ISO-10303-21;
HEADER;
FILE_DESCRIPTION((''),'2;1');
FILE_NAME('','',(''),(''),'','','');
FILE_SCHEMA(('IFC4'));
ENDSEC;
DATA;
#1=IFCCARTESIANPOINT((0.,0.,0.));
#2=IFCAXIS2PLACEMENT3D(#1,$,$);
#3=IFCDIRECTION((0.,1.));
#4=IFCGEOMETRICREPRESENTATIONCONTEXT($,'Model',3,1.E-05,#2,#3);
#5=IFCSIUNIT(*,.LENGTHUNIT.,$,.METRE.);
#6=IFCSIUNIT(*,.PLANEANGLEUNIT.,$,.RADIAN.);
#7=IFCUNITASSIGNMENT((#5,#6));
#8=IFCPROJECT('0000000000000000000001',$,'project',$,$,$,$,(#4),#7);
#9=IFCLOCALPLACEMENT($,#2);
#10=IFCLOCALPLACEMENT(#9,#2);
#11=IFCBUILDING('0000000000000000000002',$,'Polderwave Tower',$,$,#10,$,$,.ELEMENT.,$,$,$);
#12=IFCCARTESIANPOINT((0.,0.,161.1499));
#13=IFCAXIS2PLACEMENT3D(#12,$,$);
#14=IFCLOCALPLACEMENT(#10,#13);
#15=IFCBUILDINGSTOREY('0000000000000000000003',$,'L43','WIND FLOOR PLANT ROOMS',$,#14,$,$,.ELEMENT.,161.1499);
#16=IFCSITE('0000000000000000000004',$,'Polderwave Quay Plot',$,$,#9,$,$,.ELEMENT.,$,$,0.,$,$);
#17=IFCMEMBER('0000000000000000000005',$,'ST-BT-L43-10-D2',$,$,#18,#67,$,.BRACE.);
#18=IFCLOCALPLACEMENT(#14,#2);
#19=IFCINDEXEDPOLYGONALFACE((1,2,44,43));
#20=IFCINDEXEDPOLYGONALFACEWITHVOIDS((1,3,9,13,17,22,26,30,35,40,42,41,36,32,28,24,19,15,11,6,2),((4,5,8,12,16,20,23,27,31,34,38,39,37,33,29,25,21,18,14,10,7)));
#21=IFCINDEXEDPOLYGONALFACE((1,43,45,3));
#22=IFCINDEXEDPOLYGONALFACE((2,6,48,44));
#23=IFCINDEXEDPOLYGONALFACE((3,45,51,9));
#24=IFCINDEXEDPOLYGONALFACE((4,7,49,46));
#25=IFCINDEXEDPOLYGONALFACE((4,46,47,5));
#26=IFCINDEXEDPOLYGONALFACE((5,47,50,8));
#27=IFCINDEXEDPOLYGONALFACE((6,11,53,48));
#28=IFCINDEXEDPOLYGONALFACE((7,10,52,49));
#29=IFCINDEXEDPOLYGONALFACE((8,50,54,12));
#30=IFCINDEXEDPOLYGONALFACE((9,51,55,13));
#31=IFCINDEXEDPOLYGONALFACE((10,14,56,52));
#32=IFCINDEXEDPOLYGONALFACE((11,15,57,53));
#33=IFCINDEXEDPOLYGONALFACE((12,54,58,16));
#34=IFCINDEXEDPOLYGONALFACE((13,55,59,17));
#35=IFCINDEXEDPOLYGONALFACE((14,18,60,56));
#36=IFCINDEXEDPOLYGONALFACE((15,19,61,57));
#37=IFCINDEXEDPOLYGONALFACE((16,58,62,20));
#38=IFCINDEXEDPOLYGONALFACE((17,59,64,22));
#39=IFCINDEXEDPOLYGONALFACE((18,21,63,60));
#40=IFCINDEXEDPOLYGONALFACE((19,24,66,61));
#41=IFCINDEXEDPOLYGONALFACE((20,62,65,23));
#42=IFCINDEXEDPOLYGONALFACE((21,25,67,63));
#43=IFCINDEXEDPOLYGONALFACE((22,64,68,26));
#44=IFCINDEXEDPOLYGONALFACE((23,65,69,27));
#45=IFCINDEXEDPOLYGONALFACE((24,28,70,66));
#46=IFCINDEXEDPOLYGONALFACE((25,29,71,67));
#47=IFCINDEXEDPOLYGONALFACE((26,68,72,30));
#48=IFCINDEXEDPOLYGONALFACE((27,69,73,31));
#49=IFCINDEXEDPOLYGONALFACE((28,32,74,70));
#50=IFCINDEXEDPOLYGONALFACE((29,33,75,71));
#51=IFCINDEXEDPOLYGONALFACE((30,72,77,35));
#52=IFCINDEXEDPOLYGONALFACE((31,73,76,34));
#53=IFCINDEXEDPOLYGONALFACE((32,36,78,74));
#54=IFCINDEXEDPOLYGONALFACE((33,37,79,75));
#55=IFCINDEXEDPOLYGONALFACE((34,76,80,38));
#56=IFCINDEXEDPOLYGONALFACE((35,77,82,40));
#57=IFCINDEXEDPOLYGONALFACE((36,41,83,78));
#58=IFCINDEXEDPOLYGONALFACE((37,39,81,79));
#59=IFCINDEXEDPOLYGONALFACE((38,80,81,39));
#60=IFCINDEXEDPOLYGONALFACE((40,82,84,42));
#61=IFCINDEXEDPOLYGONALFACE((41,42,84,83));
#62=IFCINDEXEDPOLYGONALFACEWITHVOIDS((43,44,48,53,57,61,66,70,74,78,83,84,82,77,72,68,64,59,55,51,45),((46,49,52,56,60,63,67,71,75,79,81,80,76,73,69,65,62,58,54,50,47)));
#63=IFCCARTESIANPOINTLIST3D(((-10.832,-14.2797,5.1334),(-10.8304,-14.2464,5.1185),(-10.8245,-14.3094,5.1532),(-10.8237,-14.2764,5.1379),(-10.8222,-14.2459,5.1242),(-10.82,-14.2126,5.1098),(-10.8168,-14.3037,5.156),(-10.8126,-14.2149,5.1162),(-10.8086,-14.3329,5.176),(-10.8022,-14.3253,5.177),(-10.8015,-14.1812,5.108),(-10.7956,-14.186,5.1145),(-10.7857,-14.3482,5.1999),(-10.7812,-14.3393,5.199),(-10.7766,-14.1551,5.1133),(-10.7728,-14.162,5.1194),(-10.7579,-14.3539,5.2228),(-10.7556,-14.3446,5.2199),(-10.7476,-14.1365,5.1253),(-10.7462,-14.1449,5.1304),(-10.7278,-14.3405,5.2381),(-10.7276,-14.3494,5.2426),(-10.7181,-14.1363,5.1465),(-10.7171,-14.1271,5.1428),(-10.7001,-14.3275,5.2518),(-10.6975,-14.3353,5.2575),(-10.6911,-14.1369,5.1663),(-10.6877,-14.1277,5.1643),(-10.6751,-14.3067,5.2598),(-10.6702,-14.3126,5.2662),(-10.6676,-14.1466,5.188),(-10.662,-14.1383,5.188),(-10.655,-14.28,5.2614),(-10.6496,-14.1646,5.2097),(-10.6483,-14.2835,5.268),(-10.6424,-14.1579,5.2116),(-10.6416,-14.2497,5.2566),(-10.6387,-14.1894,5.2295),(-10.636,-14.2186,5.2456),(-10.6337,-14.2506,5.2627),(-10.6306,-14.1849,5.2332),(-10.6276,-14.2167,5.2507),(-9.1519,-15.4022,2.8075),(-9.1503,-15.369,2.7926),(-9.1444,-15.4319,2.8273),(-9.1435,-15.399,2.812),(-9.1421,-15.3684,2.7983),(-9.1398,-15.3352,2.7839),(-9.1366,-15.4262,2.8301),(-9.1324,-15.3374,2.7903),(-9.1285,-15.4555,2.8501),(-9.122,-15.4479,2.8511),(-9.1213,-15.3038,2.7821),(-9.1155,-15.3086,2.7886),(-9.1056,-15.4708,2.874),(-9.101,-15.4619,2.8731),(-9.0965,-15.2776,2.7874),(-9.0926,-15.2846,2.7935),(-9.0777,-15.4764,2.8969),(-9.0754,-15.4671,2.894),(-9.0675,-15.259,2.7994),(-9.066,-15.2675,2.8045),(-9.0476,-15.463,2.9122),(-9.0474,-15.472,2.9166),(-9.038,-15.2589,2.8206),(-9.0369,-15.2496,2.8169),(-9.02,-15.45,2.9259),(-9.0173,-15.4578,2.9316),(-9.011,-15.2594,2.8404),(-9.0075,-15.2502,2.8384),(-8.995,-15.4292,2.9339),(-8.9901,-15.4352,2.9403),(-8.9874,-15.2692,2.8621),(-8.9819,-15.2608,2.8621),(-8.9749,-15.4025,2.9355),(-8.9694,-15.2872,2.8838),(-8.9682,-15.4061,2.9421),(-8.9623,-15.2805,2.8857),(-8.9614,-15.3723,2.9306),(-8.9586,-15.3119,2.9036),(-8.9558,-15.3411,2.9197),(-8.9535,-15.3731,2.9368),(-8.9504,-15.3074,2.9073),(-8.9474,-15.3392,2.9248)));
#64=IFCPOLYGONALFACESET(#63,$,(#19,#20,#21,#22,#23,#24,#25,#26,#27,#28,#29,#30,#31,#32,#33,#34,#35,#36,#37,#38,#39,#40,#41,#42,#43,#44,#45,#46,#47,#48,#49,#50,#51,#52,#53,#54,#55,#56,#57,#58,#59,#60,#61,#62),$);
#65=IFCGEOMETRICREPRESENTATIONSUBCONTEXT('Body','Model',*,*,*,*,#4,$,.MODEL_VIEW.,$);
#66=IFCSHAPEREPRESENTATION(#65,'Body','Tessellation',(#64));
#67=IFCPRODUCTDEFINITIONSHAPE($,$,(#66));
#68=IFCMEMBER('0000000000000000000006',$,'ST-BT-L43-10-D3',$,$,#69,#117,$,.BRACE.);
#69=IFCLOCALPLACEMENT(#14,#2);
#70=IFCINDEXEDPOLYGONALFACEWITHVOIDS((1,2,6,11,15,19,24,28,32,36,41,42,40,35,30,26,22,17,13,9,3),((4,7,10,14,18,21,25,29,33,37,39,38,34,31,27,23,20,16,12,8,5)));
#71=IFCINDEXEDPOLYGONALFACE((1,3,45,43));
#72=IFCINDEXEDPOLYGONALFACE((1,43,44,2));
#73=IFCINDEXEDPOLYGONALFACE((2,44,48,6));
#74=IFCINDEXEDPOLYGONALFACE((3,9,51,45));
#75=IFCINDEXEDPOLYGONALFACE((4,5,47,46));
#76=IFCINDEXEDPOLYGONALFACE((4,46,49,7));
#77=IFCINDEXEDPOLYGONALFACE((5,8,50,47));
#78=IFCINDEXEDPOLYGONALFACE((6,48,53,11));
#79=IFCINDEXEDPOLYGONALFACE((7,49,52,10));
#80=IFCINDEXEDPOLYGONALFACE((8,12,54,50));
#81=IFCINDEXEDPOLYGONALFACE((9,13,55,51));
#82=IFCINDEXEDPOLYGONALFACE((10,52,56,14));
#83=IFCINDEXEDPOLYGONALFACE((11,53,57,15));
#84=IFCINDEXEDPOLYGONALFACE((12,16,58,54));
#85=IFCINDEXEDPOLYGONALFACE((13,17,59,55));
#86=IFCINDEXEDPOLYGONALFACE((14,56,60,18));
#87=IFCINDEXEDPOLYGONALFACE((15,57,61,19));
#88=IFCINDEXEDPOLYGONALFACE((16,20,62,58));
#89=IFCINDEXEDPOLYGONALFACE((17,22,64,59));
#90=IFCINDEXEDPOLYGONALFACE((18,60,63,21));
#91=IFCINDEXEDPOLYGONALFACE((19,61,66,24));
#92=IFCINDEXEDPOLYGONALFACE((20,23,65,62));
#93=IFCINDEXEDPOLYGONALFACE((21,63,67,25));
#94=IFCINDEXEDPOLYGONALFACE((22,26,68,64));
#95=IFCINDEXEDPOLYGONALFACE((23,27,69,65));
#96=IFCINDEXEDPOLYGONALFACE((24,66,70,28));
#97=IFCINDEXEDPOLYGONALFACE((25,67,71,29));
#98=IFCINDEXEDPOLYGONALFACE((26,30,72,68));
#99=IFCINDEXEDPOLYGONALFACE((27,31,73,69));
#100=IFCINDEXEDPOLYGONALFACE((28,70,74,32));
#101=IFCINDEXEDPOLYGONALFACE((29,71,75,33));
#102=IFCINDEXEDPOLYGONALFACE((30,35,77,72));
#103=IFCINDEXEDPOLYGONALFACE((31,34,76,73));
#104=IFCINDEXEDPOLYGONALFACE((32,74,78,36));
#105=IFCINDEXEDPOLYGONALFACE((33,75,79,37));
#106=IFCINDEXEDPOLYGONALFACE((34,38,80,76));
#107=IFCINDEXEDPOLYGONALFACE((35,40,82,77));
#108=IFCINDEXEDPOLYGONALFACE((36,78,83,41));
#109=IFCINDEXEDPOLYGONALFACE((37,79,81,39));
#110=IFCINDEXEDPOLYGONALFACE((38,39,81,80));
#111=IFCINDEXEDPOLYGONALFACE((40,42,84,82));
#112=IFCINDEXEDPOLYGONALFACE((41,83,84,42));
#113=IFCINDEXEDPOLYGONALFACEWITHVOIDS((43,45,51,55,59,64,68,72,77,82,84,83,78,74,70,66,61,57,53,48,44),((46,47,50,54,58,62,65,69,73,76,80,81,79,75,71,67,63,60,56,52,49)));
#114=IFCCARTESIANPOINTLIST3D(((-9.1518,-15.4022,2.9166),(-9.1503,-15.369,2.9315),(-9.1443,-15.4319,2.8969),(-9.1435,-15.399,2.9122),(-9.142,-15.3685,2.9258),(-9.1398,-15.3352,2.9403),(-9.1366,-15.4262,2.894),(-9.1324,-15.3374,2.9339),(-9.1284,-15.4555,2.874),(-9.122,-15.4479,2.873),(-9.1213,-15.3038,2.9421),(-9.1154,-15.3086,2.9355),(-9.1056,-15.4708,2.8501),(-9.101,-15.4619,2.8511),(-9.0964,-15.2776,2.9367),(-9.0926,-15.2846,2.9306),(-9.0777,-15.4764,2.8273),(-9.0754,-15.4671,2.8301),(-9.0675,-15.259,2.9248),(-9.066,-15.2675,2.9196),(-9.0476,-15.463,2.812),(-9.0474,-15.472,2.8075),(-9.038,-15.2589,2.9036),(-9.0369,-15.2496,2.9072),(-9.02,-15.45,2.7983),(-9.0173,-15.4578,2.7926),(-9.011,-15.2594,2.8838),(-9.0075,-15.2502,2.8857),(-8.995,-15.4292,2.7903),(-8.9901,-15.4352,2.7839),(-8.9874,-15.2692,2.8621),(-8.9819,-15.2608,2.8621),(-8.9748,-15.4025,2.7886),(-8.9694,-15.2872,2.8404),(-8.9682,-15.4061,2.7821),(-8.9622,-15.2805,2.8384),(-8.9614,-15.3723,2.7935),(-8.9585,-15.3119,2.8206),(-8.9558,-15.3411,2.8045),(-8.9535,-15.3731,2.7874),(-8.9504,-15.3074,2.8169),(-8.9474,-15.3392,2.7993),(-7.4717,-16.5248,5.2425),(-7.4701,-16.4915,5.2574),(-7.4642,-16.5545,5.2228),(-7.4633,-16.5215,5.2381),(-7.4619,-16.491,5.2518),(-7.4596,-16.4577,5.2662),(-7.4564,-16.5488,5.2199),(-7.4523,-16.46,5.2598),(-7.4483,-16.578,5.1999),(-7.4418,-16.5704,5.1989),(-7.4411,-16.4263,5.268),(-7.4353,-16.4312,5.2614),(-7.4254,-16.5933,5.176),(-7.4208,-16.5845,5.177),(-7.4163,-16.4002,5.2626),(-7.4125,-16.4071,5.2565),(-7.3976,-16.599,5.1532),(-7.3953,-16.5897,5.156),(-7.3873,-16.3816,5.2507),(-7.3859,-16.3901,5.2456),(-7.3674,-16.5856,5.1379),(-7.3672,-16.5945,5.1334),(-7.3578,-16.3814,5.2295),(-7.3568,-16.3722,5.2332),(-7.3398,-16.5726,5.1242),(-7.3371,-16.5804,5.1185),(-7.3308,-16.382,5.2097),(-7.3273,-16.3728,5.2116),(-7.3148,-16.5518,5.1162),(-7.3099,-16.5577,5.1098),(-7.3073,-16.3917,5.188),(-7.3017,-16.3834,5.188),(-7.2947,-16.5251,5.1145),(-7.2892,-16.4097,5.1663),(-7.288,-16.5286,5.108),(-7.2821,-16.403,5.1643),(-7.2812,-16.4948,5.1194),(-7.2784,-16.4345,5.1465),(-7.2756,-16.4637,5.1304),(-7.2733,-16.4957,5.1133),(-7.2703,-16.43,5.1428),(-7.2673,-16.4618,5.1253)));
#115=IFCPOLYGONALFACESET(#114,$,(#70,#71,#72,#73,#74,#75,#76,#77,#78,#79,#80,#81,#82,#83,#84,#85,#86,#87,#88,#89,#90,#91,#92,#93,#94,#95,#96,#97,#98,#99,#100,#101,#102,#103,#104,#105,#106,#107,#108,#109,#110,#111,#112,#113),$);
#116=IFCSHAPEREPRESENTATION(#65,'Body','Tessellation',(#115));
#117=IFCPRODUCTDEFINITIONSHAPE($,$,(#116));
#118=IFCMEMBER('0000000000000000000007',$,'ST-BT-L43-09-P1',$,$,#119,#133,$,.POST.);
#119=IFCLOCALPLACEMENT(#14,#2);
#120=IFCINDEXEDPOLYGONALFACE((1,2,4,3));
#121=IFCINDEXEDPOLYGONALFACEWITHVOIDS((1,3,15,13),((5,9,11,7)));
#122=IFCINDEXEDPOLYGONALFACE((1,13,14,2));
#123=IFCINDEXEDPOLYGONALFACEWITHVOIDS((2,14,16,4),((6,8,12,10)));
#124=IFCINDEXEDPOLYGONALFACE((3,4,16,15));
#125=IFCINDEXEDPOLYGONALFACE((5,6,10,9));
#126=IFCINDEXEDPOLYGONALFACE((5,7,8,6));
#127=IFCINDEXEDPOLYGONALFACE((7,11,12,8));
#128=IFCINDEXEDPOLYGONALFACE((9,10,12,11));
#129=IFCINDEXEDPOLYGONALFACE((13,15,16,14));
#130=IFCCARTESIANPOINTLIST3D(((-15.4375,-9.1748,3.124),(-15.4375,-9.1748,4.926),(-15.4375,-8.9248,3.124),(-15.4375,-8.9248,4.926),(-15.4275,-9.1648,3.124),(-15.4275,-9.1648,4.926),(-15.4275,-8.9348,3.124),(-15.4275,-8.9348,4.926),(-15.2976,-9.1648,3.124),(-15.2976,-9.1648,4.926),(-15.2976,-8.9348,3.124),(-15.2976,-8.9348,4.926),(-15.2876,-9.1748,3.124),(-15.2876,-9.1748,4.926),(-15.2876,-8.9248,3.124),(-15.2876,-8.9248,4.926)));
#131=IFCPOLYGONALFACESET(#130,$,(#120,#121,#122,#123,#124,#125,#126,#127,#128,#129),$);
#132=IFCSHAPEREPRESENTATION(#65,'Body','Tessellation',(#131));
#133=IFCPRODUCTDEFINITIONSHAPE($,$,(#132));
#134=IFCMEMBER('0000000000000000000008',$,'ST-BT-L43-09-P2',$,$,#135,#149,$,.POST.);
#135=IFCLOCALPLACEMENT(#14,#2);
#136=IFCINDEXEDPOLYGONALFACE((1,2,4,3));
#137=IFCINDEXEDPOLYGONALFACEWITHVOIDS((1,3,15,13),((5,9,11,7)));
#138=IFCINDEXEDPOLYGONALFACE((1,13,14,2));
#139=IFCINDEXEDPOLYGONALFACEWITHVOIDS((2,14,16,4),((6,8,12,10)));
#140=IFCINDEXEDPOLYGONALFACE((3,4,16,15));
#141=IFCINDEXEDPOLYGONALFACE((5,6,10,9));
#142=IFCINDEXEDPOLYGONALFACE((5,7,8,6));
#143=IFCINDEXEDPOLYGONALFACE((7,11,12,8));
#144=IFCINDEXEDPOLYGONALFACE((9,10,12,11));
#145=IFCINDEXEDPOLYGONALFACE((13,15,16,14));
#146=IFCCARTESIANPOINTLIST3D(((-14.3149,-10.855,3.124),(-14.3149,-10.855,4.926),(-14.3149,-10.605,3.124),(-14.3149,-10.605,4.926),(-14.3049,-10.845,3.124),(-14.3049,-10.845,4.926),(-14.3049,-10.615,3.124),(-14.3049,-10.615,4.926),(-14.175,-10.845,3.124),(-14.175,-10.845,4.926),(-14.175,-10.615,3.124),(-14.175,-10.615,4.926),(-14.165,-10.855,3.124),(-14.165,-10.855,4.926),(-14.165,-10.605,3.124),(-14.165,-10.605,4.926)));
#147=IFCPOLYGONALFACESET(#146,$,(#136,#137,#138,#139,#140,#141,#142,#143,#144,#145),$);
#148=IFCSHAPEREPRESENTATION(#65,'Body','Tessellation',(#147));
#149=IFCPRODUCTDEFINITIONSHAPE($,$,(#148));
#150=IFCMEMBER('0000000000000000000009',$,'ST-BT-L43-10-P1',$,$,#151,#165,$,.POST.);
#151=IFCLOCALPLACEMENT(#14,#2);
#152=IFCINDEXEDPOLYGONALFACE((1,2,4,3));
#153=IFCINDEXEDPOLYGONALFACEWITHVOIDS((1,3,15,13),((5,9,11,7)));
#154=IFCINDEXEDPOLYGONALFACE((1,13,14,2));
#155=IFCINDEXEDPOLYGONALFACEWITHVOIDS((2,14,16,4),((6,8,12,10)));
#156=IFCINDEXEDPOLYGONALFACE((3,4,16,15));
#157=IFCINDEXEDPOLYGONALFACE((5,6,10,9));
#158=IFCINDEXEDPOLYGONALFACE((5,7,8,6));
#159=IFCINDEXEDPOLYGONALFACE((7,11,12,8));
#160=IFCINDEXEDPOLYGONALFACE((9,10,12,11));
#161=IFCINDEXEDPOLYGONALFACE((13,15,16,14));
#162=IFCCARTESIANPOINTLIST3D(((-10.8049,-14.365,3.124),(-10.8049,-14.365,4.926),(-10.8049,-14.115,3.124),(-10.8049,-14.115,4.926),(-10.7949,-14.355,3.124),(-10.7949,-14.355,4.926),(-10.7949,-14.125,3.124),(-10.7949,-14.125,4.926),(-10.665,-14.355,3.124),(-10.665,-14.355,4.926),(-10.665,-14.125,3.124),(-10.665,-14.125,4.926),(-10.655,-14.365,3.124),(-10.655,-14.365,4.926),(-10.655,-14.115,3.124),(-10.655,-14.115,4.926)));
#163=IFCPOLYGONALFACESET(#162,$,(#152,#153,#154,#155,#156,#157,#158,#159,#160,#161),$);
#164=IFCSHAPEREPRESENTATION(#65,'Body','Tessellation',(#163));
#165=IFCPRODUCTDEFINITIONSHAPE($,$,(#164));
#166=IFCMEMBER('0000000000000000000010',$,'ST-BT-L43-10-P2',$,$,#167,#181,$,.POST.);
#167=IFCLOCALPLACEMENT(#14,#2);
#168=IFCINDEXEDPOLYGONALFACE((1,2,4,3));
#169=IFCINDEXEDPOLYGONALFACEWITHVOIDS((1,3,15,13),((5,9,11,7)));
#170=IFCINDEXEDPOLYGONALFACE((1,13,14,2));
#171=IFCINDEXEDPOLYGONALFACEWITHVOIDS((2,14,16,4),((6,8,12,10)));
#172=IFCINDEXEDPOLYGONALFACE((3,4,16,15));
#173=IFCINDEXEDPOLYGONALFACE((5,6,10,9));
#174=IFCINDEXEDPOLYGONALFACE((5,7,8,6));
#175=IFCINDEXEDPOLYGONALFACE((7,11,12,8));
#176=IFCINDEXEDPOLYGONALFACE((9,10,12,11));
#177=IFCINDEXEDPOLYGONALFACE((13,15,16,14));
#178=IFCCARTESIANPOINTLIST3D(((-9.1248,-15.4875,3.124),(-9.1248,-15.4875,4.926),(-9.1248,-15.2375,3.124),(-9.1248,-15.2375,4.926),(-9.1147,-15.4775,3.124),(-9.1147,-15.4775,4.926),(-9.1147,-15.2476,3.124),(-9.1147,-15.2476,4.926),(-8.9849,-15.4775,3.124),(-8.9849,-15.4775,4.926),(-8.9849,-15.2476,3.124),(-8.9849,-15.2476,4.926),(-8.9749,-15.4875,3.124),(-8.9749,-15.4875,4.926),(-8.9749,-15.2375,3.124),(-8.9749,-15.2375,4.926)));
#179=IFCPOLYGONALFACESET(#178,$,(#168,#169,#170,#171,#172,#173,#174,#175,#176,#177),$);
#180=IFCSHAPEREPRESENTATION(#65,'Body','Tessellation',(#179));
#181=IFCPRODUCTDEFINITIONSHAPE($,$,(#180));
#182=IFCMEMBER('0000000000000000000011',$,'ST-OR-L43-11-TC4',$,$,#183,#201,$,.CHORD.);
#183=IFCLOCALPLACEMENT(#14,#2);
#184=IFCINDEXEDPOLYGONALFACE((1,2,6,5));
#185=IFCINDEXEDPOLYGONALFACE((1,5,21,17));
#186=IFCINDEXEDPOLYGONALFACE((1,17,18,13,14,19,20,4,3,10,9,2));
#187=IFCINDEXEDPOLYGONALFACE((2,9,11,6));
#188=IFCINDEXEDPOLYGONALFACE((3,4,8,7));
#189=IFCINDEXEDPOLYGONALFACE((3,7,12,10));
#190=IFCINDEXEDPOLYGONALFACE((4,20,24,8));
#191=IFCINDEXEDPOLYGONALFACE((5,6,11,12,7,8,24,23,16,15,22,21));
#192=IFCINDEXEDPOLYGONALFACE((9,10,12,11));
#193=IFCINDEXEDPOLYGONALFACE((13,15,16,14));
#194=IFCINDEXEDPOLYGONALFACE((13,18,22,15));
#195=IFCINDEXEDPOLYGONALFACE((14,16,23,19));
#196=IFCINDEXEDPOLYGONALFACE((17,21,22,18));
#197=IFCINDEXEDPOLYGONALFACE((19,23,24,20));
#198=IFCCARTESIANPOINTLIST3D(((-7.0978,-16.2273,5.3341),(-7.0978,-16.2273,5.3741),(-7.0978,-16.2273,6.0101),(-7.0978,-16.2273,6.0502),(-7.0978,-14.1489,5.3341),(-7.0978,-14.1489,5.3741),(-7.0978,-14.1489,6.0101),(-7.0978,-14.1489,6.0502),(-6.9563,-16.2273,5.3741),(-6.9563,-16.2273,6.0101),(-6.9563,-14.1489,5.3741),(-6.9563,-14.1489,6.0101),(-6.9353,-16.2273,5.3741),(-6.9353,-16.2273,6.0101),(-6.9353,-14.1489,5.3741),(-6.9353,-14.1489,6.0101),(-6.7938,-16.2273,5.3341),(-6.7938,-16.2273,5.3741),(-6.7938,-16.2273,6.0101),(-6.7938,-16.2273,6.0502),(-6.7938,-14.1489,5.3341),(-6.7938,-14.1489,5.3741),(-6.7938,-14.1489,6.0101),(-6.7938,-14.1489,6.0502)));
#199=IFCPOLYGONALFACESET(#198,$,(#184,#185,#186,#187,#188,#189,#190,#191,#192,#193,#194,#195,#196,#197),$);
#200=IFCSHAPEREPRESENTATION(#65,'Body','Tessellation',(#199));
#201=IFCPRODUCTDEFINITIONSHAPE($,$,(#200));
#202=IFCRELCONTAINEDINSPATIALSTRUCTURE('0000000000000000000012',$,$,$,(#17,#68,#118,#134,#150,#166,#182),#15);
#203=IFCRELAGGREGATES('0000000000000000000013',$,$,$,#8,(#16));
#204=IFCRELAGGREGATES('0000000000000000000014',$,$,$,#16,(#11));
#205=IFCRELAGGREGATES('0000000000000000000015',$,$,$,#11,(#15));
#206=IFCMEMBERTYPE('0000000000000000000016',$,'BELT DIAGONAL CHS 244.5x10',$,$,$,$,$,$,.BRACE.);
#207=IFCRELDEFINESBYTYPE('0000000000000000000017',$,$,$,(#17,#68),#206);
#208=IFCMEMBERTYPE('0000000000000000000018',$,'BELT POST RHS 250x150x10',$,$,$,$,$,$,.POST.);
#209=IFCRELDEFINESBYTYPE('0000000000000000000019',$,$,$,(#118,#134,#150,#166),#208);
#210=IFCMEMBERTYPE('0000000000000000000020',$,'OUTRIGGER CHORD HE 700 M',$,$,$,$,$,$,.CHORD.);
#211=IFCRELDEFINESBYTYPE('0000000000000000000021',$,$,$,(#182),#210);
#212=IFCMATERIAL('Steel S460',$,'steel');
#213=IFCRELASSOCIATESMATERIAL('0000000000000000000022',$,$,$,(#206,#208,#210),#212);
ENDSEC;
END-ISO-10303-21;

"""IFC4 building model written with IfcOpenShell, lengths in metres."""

from ifc_helpers import new_model, si_unit, direction, frame, origin, origin_2d, place, context, subcontext, project, spatial, hollow_rectangle, hollow_circle, i_section, extrude, material, material_profile, profile_set, type_object, element, save


model = new_model("IFC4")

# Units and contexts
model_context = context("Model", 3, precision=1e-05, world=origin(), true_north=direction((0.0, 1.0)))
body_context = subcontext(model_context, "Body", "Model", "MODEL_VIEW")
ifc_project = project(units=[si_unit("LENGTHUNIT", "METRE"), si_unit("PLANEANGLEUNIT", "RADIAN")], contexts=[model_context])

# Site, building, storey
site_placement = place(None, origin())
site = spatial("IfcSite", under=ifc_project, at=site_placement, Name="Polderwave Quay Plot", CompositionType="ELEMENT", RefElevation=0.0)
building_placement = place(site_placement, origin())
building = spatial("IfcBuilding", under=site, at=building_placement, Name="Polderwave Tower", CompositionType="ELEMENT")
storey_placement = place(building_placement, frame((0.0, 0.0, 161.1499)))
storey = spatial("IfcBuildingStorey", under=building, at=storey_placement, Name="L43", Description="WIND FLOOR PLANT ROOMS", CompositionType="ELEMENT", Elevation=161.1499)

# Members
ifc_material_1 = material(Name="Steel S460", Category="steel")
ifc_material_profile_1 = material_profile(ifc_material_1, hollow_circle(Radius=0.1223, WallThickness=0.01, at=origin_2d()), Name="CHS 244.5x10")
ifc_profile_set_1 = profile_set([ifc_material_profile_1], Name="Steel S460")
member_type_1 = type_object("IfcMemberType", Name="BELT DIAGONAL CHS 244.5x10", PredefinedType="BRACE", material=ifc_profile_set_1)
for number, where, z_axis, x_axis, name in (
    (1, (-10.73, -14.24, 5.188), (0.54532, -0.364339, -0.754906), (0.555536, 0.831492, 0.0), "ST-BT-L43-10-D2"),
    (2, (-9.0498, -15.3625, 2.8621), (0.54532, -0.364339, 0.754906), (0.555536, 0.831492, 0.0), "ST-BT-L43-10-D3"),
):
    element("IfcMember", number, at=place(storey_placement, frame(where, z_axis=z_axis, x_axis=x_axis)), inside=storey, type_object=member_type_1, Name=name, PredefinedType="BRACE", context=body_context, shape_type="SweptSolid", body=[
        extrude(hollow_circle(Radius=0.1223, WallThickness=0.01, at=origin_2d()), origin(), (0.0, 0.0, 1.0), 3.0811),
    ])
ifc_material_profile_2 = material_profile(ifc_material_1, hollow_rectangle(XDim=0.1499, YDim=0.25, WallThickness=0.01, at=origin_2d()), Name="RHS 250x150x10")
ifc_profile_set_2 = profile_set([ifc_material_profile_2], Name="Steel S460")
member_type_2 = type_object("IfcMemberType", Name="BELT POST RHS 250x150x10", PredefinedType="POST", material=ifc_profile_set_2)
for number, where, z_axis, x_axis, name in (
    (3, (-15.3625, -9.0498, 3.124), (0.0, 0.0, 1.0), (1.0, 0.0, 0.0), "ST-BT-L43-09-P1"),
    (4, (-14.24, -10.73, 3.124), (0.0, 0.0, 1.0), (1.0, 0.0, 0.0), "ST-BT-L43-09-P2"),
    (5, (-10.73, -14.24, 3.124), (0.0, 0.0, 1.0), (1.0, 0.0, 0.0), "ST-BT-L43-10-P1"),
    (6, (-9.0498, -15.3625, 3.124), (0.0, 0.0, 1.0), (1.0, 0.0, 0.0), "ST-BT-L43-10-P2"),
):
    element("IfcMember", number, at=place(storey_placement, frame(where, z_axis=z_axis, x_axis=x_axis)), inside=storey, type_object=member_type_2, Name=name, PredefinedType="POST", context=body_context, shape_type="SweptSolid", body=[
        extrude(hollow_rectangle(XDim=0.1499, YDim=0.25, WallThickness=0.01, at=origin_2d()), origin(), (0.0, 0.0, 1.0), 1.802),
    ])
ifc_material_profile_3 = material_profile(ifc_material_1, i_section(OverallWidth=0.304, OverallDepth=0.7161, WebThickness=0.021, FlangeThickness=0.04, at=origin_2d()), Name="HE 700 M")
ifc_profile_set_3 = profile_set([ifc_material_profile_3], Name="Steel S460")
member_type_3 = type_object("IfcMemberType", Name="OUTRIGGER CHORD HE 700 M", PredefinedType="CHORD", material=ifc_profile_set_3)
for number, where, z_axis, x_axis, name in (
    (7, (-6.9458, -14.1489, 5.6921), (0.0, -1.0, 0.0), (1.0, 0.0, 0.0), "ST-OR-L43-11-TC4"),
):
    element("IfcMember", number, at=place(storey_placement, frame(where, z_axis=z_axis, x_axis=x_axis)), inside=storey, type_object=member_type_3, Name=name, PredefinedType="CHORD", context=body_context, shape_type="SweptSolid", body=[
        extrude(i_section(OverallWidth=0.304, OverallDepth=0.7161, WebThickness=0.021, FlangeThickness=0.04, at=origin_2d()), origin(), (0.0, 0.0, 1.0), 2.0784),
    ])

save(model, "model.ifc")
